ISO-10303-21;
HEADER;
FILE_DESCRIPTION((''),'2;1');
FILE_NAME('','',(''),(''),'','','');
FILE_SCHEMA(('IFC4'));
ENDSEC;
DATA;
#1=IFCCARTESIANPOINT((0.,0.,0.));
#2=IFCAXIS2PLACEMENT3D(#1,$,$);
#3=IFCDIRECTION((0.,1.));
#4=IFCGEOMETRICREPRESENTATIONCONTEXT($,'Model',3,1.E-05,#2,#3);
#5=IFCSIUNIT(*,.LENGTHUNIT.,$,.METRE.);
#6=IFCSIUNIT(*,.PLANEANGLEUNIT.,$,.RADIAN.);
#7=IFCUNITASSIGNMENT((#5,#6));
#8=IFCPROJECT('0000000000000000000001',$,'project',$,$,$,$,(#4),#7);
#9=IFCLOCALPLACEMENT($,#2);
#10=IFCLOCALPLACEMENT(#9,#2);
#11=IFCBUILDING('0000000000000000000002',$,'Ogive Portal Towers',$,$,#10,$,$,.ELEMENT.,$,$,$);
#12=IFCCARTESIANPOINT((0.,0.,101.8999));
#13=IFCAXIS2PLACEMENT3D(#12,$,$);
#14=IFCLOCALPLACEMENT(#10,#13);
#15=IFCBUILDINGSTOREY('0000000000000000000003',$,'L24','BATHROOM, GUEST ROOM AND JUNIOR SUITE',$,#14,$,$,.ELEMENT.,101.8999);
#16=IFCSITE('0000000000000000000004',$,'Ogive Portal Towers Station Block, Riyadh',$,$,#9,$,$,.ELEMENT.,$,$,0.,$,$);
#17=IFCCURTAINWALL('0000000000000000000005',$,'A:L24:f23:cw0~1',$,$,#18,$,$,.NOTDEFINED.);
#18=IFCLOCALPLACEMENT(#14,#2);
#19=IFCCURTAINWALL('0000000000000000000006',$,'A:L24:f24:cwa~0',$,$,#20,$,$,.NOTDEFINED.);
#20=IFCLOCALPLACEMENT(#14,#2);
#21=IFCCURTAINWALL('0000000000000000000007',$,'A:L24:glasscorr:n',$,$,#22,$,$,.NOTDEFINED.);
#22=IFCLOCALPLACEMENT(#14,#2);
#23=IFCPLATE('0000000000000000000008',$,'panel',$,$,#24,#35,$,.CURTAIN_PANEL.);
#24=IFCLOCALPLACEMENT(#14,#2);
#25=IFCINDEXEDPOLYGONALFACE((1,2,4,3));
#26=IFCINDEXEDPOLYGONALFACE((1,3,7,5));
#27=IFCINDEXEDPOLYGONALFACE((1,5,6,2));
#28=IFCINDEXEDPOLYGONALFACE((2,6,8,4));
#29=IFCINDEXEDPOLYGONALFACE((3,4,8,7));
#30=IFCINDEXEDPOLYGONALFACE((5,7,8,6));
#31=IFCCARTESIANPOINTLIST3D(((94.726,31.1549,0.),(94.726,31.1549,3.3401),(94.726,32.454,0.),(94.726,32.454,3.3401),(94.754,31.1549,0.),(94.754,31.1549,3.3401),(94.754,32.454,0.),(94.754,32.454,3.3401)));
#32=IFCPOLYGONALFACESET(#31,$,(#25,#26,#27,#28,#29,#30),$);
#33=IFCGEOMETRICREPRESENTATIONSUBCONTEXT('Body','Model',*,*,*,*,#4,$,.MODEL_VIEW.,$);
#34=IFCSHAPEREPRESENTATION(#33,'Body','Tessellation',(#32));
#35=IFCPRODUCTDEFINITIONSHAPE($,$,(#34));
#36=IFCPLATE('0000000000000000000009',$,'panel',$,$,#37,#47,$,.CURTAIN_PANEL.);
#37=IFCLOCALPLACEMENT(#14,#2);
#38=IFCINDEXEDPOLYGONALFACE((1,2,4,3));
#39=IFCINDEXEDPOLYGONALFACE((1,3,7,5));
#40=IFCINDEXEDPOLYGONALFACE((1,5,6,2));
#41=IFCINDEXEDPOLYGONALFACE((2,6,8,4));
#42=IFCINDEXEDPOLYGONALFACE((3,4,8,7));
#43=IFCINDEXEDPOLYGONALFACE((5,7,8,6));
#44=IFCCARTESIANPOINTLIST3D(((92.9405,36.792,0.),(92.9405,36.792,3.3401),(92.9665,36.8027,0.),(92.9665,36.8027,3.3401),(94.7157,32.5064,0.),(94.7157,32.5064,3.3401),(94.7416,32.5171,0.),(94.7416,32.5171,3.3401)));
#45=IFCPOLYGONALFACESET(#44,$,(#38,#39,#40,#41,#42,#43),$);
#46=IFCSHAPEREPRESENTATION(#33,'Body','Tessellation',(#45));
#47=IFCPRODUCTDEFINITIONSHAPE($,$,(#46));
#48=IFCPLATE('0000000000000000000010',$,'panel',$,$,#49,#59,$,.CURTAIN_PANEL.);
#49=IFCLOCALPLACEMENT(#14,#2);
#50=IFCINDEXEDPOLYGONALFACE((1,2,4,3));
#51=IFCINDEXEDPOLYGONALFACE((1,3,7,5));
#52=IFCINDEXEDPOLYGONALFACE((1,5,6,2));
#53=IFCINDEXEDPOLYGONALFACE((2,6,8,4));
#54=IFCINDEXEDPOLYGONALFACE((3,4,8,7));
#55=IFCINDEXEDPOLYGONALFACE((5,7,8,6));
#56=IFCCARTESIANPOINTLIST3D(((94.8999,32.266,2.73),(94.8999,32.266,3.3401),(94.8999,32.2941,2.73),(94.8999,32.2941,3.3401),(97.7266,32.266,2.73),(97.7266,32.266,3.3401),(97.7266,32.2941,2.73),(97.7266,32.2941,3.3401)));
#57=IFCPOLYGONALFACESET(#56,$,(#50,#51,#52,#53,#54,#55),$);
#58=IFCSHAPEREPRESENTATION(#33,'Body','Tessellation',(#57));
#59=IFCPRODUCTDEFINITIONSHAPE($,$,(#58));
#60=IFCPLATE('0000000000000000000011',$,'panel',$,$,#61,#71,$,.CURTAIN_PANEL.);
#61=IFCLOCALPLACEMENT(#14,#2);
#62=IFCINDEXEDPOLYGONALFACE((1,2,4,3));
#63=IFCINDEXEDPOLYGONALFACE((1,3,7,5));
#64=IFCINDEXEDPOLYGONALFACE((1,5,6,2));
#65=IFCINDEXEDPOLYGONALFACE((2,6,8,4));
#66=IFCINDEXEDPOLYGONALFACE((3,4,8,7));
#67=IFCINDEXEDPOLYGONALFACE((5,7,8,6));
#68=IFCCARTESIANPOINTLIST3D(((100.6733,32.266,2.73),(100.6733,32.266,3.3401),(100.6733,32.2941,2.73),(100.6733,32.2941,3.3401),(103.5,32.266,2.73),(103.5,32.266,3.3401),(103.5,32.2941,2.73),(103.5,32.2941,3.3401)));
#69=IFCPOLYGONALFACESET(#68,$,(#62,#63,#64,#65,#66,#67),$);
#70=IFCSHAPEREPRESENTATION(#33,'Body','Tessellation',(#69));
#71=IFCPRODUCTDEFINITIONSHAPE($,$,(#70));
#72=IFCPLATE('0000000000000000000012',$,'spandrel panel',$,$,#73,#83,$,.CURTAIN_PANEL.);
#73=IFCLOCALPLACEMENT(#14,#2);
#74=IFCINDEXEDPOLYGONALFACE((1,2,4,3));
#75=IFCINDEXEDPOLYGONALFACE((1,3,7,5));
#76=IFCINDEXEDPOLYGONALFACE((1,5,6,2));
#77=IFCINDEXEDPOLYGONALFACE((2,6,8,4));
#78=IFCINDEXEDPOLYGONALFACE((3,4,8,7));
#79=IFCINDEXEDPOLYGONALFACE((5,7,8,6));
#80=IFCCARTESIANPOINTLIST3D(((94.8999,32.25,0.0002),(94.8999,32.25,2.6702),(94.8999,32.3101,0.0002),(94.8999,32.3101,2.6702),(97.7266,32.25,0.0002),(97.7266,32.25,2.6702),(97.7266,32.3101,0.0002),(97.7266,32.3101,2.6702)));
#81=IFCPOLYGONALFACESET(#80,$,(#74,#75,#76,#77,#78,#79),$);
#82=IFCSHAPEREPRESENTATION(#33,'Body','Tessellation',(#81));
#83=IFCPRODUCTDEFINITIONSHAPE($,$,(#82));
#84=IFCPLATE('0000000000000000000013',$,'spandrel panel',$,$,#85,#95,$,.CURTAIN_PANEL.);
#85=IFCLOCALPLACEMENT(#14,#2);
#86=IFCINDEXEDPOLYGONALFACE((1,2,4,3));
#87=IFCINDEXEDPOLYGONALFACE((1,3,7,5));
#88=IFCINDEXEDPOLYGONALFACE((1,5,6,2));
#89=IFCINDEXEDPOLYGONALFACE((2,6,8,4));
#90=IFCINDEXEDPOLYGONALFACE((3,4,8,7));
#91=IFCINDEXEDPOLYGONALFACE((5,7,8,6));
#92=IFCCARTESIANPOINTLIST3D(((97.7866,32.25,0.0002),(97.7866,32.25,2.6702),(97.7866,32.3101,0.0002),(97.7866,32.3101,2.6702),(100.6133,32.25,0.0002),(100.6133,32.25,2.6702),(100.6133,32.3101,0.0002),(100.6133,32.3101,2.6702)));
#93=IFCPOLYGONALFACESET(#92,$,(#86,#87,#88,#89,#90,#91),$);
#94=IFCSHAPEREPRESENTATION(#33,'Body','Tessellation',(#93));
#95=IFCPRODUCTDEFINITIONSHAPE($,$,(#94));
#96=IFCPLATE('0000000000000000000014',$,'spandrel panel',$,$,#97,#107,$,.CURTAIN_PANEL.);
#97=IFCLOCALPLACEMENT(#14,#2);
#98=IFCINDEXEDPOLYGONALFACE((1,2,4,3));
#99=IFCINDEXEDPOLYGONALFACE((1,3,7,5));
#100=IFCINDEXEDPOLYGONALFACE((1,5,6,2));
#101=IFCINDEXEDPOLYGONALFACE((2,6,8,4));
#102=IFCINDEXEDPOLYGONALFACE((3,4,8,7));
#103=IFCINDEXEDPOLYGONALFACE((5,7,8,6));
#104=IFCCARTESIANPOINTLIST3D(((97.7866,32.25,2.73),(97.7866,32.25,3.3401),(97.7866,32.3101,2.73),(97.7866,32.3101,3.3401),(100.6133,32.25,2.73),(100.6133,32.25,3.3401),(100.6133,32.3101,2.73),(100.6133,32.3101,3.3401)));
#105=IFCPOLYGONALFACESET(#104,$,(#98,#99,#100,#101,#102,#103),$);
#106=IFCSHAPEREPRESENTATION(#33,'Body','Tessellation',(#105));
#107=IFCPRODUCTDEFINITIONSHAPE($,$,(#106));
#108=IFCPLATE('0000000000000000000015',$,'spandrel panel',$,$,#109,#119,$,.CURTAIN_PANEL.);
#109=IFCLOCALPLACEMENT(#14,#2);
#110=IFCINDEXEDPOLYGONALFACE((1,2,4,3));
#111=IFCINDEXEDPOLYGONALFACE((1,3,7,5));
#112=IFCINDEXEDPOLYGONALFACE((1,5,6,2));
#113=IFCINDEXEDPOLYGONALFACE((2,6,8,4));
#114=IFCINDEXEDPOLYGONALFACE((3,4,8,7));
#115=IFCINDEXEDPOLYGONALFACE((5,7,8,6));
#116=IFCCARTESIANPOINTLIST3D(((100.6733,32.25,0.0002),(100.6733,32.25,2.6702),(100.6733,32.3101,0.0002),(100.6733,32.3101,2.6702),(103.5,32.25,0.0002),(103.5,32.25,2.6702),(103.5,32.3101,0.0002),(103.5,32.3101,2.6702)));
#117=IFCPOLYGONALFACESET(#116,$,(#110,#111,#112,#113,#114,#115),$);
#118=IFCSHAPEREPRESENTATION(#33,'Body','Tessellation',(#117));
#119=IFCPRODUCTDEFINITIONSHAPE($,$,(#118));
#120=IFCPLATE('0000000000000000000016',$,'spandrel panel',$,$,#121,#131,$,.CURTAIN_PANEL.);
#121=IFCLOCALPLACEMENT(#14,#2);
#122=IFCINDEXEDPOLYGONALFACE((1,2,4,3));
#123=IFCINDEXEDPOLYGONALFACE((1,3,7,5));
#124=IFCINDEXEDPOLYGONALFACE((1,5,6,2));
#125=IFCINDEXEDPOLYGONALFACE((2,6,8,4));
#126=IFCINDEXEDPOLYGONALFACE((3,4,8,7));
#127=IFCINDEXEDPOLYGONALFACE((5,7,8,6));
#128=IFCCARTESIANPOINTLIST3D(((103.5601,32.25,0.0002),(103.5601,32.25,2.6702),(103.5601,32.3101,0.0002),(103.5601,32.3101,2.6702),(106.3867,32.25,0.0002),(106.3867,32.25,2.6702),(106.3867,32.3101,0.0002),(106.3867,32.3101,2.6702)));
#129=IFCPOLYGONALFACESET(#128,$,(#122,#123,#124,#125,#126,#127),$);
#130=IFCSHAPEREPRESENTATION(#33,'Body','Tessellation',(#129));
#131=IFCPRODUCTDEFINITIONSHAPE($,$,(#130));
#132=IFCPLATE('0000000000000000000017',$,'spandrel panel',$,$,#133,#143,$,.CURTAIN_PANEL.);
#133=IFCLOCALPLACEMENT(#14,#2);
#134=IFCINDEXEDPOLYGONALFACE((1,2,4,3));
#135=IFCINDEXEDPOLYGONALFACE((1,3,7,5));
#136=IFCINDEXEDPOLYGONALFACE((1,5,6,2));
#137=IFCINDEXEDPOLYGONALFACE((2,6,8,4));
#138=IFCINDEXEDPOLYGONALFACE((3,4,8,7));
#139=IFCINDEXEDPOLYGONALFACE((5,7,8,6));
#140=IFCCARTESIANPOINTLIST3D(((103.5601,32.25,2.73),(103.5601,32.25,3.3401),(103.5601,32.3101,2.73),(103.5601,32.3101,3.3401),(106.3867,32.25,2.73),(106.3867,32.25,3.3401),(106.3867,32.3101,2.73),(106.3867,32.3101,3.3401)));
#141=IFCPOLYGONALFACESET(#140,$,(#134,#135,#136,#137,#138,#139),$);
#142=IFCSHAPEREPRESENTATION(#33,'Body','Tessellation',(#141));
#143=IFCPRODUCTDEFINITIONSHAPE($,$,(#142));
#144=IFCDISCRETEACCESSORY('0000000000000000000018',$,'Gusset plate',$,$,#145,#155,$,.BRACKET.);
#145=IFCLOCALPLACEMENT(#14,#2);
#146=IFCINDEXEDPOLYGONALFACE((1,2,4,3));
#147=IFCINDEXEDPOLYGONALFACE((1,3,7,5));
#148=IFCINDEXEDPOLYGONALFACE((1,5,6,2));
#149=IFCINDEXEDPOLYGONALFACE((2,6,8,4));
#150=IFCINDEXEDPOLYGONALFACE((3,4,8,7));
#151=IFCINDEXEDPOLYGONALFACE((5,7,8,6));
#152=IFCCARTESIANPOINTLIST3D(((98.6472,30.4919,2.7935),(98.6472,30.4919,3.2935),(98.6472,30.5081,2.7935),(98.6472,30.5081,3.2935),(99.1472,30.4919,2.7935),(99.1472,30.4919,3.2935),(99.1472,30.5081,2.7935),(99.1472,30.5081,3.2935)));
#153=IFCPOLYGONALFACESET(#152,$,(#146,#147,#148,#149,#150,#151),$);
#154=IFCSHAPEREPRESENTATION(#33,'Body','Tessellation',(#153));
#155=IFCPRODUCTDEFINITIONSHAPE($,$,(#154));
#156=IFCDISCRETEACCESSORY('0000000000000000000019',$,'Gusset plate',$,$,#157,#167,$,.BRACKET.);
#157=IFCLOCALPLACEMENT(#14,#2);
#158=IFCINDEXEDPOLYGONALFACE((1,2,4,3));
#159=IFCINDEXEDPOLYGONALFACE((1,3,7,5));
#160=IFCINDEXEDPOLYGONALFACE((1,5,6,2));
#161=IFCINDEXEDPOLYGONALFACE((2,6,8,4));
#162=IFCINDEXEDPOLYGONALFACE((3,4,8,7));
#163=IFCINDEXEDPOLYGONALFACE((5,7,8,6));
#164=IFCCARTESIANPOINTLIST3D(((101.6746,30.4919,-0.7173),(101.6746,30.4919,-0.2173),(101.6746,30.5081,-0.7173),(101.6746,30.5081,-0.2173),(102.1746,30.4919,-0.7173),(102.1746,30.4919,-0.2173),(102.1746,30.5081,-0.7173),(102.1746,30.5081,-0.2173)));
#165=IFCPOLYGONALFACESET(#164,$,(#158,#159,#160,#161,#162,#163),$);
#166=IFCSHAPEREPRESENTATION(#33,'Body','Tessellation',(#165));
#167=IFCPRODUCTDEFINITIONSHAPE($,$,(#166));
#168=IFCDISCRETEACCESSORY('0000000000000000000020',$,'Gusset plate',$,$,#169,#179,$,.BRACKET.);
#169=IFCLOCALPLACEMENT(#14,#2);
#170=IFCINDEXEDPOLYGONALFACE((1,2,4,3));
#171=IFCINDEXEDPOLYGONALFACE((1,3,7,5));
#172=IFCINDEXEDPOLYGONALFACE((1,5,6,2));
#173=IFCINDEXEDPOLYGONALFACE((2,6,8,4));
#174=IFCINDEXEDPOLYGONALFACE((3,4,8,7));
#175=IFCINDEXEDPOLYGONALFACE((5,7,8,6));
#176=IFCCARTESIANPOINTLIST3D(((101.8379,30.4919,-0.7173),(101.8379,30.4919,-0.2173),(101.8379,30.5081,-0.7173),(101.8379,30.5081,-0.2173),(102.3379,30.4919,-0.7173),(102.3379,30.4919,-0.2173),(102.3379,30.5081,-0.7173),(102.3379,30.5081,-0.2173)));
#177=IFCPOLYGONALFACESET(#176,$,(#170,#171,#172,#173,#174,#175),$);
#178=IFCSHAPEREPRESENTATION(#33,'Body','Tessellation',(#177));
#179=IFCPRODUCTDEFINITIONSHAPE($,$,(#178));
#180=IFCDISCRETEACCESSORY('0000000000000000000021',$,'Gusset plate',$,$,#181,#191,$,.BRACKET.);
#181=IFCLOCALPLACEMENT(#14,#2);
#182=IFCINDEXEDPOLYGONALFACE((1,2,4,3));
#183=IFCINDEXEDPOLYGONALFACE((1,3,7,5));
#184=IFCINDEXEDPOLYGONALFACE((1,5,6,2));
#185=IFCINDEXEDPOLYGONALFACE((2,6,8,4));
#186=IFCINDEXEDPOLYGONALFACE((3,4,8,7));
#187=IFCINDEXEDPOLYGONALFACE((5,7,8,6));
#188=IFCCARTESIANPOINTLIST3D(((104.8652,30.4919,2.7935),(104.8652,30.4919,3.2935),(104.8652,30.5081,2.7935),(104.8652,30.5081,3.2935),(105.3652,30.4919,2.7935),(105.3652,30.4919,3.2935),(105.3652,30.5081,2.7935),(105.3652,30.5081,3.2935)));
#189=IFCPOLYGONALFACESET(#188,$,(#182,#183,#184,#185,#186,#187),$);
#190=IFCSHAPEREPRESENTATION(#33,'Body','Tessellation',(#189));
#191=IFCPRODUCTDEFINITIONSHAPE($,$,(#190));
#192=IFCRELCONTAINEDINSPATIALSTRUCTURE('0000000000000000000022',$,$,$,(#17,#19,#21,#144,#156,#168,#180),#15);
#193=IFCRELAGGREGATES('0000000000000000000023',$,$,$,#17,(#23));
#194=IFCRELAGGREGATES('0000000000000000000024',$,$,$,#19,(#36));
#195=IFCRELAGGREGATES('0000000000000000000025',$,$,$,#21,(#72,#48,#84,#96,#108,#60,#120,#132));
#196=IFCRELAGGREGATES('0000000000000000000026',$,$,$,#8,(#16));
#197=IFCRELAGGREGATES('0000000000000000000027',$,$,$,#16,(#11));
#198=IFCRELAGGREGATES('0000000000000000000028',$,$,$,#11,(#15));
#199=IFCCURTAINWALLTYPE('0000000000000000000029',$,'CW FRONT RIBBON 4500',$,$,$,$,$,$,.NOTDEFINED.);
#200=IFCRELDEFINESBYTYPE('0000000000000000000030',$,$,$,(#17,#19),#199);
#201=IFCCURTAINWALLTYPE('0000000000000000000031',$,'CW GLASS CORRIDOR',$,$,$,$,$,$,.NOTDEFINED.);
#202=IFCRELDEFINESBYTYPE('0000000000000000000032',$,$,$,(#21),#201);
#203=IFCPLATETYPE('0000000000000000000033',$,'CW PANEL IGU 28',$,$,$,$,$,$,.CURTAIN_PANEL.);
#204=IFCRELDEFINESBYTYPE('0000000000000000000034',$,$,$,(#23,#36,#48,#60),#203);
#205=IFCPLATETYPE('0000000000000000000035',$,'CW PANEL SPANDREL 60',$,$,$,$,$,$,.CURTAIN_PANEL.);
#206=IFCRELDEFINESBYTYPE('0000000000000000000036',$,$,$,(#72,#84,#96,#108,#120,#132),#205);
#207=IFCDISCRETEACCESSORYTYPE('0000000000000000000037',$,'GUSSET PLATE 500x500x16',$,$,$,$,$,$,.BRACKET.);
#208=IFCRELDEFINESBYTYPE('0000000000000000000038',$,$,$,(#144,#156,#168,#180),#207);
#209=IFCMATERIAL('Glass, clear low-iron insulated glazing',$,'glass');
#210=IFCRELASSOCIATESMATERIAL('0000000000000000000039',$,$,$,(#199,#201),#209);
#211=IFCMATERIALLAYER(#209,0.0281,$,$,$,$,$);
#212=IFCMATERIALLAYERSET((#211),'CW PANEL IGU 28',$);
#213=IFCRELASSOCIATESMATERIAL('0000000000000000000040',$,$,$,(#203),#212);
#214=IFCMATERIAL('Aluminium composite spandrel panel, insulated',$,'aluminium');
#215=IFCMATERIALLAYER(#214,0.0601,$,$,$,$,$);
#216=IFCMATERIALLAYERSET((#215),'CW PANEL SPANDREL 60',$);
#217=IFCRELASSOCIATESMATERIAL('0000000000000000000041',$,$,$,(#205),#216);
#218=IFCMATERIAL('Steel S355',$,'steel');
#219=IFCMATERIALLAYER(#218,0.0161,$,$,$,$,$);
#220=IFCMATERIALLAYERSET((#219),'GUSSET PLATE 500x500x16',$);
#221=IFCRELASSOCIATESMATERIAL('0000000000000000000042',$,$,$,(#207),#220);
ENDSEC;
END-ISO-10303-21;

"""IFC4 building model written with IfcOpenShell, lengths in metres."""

from ifc_helpers import new_model, si_unit, direction, frame, origin, origin_2d, place, context, subcontext, project, spatial, rectangle, extrude, material, layer, layer_set, type_object, element, aggregate, save


model = new_model("IFC4")

# Units and contexts
model_context = context("Model", 3, precision=1e-05, world=origin(), true_north=direction((0.0, 1.0)))
body_context = subcontext(model_context, "Body", "Model", "MODEL_VIEW")
ifc_project = project(units=[si_unit("LENGTHUNIT", "METRE"), si_unit("PLANEANGLEUNIT", "RADIAN")], contexts=[model_context])

# Site, building, storey
site_placement = place(None, origin())
site = spatial("IfcSite", under=ifc_project, at=site_placement, Name="Ogive Portal Towers Station Block, Riyadh", CompositionType="ELEMENT", RefElevation=0.0)
building_placement = place(site_placement, origin())
building = spatial("IfcBuilding", under=site, at=building_placement, Name="Ogive Portal Towers", CompositionType="ELEMENT")
storey_placement = place(building_placement, frame((0.0, 0.0, 101.8999)))
storey = spatial("IfcBuildingStorey", under=building, at=storey_placement, Name="L24", Description="BATHROOM, GUEST ROOM AND JUNIOR SUITE", CompositionType="ELEMENT", Elevation=101.8999)

# Shared definitions
ifc_material_1 = material(Name="Steel S355", Category="steel")

# Curtain wall
ifc_material_2 = material(Name="Glass, clear low-iron insulated glazing", Category="glass")
curtain_wall_type_1 = type_object("IfcCurtainWallType", Name="CW FRONT RIBBON 4500", PredefinedType="NOTDEFINED", material=ifc_material_2)
curtain_wall_1_placement = place(storey_placement, origin())
curtain_wall_1 = element("IfcCurtainWall", 1, at=curtain_wall_1_placement, inside=storey, type_object=curtain_wall_type_1, Name="A:L24:f23:cw0~1", PredefinedType="NOTDEFINED")

# Curtain wall
curtain_wall_2_placement = place(storey_placement, origin())
curtain_wall_2 = element("IfcCurtainWall", 2, at=curtain_wall_2_placement, inside=storey, type_object=curtain_wall_type_1, Name="A:L24:f24:cwa~0", PredefinedType="NOTDEFINED")

# Curtain wall
curtain_wall_type_2 = type_object("IfcCurtainWallType", Name="CW GLASS CORRIDOR", PredefinedType="NOTDEFINED", material=ifc_material_2)
curtain_wall_3_placement = place(storey_placement, origin())
curtain_wall_3 = element("IfcCurtainWall", 3, at=curtain_wall_3_placement, inside=storey, type_object=curtain_wall_type_2, Name="A:L24:glasscorr:n", PredefinedType="NOTDEFINED")

# Plates
ifc_layer_1 = layer(ifc_material_2, 0.0281)
ifc_layer_set_1 = layer_set([ifc_layer_1], Name="CW PANEL IGU 28")
plate_type_1 = type_object("IfcPlateType", Name="CW PANEL IGU 28", PredefinedType="CURTAIN_PANEL", material=ifc_layer_set_1)
plate_1_placement = place(storey_placement, frame((94.74, 31.8044, 0.0), z_axis=(0.0, 0.0, 1.0), x_axis=(0.0, 1.0, 0.0)))
plate_1 = element("IfcPlate", 4, at=plate_1_placement, type_object=plate_type_1, Name="panel", PredefinedType="CURTAIN_PANEL", context=body_context, shape_type="SweptSolid", body=[
    extrude(rectangle(XDim=1.2991, YDim=0.0281, at=origin_2d()), origin(), (0.0, 0.0, 1.0), 3.3401),
])
aggregate(curtain_wall_1, [plate_1])
plate_2_placement = place(storey_placement, frame((93.8411, 34.6545, 0.0), z_axis=(0.0, 0.0, 1.0), x_axis=(-0.382683, 0.92388, 0.0)))
plate_2 = element("IfcPlate", 5, at=plate_2_placement, type_object=plate_type_1, Name="panel", PredefinedType="CURTAIN_PANEL", context=body_context, shape_type="SweptSolid", body=[
    extrude(rectangle(XDim=4.6387, YDim=0.0281, at=origin_2d()), origin(), (0.0, 0.0, 1.0), 3.3401),
])
aggregate(curtain_wall_2, [plate_2])
plate_3_placement = place(storey_placement, frame((96.3132, 32.28, 2.73), z_axis=(0.0, 0.0, 1.0), x_axis=(1.0, 0.0, 0.0)))
plate_3 = element("IfcPlate", 6, at=plate_3_placement, type_object=plate_type_1, Name="panel", PredefinedType="CURTAIN_PANEL", context=body_context, shape_type="SweptSolid", body=[
    extrude(rectangle(XDim=2.8267, YDim=0.0281, at=origin_2d()), origin(), (0.0, 0.0, 1.0), 0.6101),
])
plate_4_placement = place(storey_placement, frame((102.0867, 32.28, 2.73), z_axis=(0.0, 0.0, 1.0), x_axis=(1.0, 0.0, 0.0)))
plate_4 = element("IfcPlate", 7, at=plate_4_placement, type_object=plate_type_1, Name="panel", PredefinedType="CURTAIN_PANEL", context=body_context, shape_type="SweptSolid", body=[
    extrude(rectangle(XDim=2.8267, YDim=0.0281, at=origin_2d()), origin(), (0.0, 0.0, 1.0), 0.6101),
])
ifc_material_3 = material(Name="Aluminium composite spandrel panel, insulated", Category="aluminium")
ifc_layer_2 = layer(ifc_material_3, 0.0601)
ifc_layer_set_2 = layer_set([ifc_layer_2], Name="CW PANEL SPANDREL 60")
plate_type_2 = type_object("IfcPlateType", Name="CW PANEL SPANDREL 60", PredefinedType="CURTAIN_PANEL", material=ifc_layer_set_2)
plate_5_placement = place(storey_placement, frame((96.3132, 32.28, 0.0002), z_axis=(0.0, 0.0, 1.0), x_axis=(1.0, 0.0, 0.0)))
plate_5 = element("IfcPlate", 8, at=plate_5_placement, type_object=plate_type_2, Name="spandrel panel", PredefinedType="CURTAIN_PANEL", context=body_context, shape_type="SweptSolid", body=[
    extrude(rectangle(XDim=2.8267, YDim=0.0601, at=origin_2d()), origin(), (0.0, 0.0, 1.0), 2.6699),
])
plate_6_placement = place(storey_placement, frame((99.2, 32.28, 0.0002), z_axis=(0.0, 0.0, 1.0), x_axis=(1.0, 0.0, 0.0)))
plate_6 = element("IfcPlate", 9, at=plate_6_placement, type_object=plate_type_2, Name="spandrel panel", PredefinedType="CURTAIN_PANEL", context=body_context, shape_type="SweptSolid", body=[
    extrude(rectangle(XDim=2.8267, YDim=0.0601, at=origin_2d()), origin(), (0.0, 0.0, 1.0), 2.6699),
])
plate_7_placement = place(storey_placement, frame((99.2, 32.28, 2.73), z_axis=(0.0, 0.0, 1.0), x_axis=(1.0, 0.0, 0.0)))
plate_7 = element("IfcPlate", 10, at=plate_7_placement, type_object=plate_type_2, Name="spandrel panel", PredefinedType="CURTAIN_PANEL", context=body_context, shape_type="SweptSolid", body=[
    extrude(rectangle(XDim=2.8267, YDim=0.0601, at=origin_2d()), origin(), (0.0, 0.0, 1.0), 0.6101),
])
plate_8_placement = place(storey_placement, frame((102.0867, 32.28, 0.0002), z_axis=(0.0, 0.0, 1.0), x_axis=(1.0, 0.0, 0.0)))
plate_8 = element("IfcPlate", 11, at=plate_8_placement, type_object=plate_type_2, Name="spandrel panel", PredefinedType="CURTAIN_PANEL", context=body_context, shape_type="SweptSolid", body=[
    extrude(rectangle(XDim=2.8267, YDim=0.0601, at=origin_2d()), origin(), (0.0, 0.0, 1.0), 2.6699),
])
plate_9_placement = place(storey_placement, frame((104.9734, 32.28, 0.0002), z_axis=(0.0, 0.0, 1.0), x_axis=(1.0, 0.0, 0.0)))
plate_9 = element("IfcPlate", 12, at=plate_9_placement, type_object=plate_type_2, Name="spandrel panel", PredefinedType="CURTAIN_PANEL", context=body_context, shape_type="SweptSolid", body=[
    extrude(rectangle(XDim=2.8267, YDim=0.0601, at=origin_2d()), origin(), (0.0, 0.0, 1.0), 2.6699),
])
plate_10_placement = place(storey_placement, frame((104.9734, 32.28, 2.73), z_axis=(0.0, 0.0, 1.0), x_axis=(1.0, 0.0, 0.0)))
plate_10 = element("IfcPlate", 13, at=plate_10_placement, type_object=plate_type_2, Name="spandrel panel", PredefinedType="CURTAIN_PANEL", context=body_context, shape_type="SweptSolid", body=[
    extrude(rectangle(XDim=2.8267, YDim=0.0601, at=origin_2d()), origin(), (0.0, 0.0, 1.0), 0.6101),
])
aggregate(curtain_wall_3, [plate_5, plate_3, plate_6, plate_7, plate_8, plate_4, plate_9, plate_10])

# Discrete accessories
ifc_layer_3 = layer(ifc_material_1, 0.0161)
ifc_layer_set_3 = layer_set([ifc_layer_3], Name="GUSSET PLATE 500x500x16")
discrete_accessory_type = type_object("IfcDiscreteAccessoryType", Name="GUSSET PLATE 500x500x16", PredefinedType="BRACKET", material=ifc_layer_set_3)
for number, where, z_axis, x_axis, name in (
    (14, (98.8972, 30.5, 2.7935), (0.0, 0.0, 1.0), (1.0, 0.0, 0.0), "Gusset plate"),
    (15, (101.9246, 30.5, -0.7173), (0.0, 0.0, 1.0), (1.0, 0.0, 0.0), "Gusset plate"),
    (16, (102.0879, 30.5, -0.7173), (0.0, 0.0, 1.0), (1.0, 0.0, 0.0), "Gusset plate"),
    (17, (105.1152, 30.5, 2.7935), (0.0, 0.0, 1.0), (1.0, 0.0, 0.0), "Gusset plate"),
):
    element("IfcDiscreteAccessory", number, at=place(storey_placement, frame(where, z_axis=z_axis, x_axis=x_axis)), inside=storey, type_object=discrete_accessory_type, Name=name, PredefinedType="BRACKET", context=body_context, shape_type="SweptSolid", body=[
        extrude(rectangle(XDim=0.5, YDim=0.0161, at=origin_2d()), origin(), (0.0, 0.0, 1.0), 0.5),
    ])

save(model, "model.ifc")
